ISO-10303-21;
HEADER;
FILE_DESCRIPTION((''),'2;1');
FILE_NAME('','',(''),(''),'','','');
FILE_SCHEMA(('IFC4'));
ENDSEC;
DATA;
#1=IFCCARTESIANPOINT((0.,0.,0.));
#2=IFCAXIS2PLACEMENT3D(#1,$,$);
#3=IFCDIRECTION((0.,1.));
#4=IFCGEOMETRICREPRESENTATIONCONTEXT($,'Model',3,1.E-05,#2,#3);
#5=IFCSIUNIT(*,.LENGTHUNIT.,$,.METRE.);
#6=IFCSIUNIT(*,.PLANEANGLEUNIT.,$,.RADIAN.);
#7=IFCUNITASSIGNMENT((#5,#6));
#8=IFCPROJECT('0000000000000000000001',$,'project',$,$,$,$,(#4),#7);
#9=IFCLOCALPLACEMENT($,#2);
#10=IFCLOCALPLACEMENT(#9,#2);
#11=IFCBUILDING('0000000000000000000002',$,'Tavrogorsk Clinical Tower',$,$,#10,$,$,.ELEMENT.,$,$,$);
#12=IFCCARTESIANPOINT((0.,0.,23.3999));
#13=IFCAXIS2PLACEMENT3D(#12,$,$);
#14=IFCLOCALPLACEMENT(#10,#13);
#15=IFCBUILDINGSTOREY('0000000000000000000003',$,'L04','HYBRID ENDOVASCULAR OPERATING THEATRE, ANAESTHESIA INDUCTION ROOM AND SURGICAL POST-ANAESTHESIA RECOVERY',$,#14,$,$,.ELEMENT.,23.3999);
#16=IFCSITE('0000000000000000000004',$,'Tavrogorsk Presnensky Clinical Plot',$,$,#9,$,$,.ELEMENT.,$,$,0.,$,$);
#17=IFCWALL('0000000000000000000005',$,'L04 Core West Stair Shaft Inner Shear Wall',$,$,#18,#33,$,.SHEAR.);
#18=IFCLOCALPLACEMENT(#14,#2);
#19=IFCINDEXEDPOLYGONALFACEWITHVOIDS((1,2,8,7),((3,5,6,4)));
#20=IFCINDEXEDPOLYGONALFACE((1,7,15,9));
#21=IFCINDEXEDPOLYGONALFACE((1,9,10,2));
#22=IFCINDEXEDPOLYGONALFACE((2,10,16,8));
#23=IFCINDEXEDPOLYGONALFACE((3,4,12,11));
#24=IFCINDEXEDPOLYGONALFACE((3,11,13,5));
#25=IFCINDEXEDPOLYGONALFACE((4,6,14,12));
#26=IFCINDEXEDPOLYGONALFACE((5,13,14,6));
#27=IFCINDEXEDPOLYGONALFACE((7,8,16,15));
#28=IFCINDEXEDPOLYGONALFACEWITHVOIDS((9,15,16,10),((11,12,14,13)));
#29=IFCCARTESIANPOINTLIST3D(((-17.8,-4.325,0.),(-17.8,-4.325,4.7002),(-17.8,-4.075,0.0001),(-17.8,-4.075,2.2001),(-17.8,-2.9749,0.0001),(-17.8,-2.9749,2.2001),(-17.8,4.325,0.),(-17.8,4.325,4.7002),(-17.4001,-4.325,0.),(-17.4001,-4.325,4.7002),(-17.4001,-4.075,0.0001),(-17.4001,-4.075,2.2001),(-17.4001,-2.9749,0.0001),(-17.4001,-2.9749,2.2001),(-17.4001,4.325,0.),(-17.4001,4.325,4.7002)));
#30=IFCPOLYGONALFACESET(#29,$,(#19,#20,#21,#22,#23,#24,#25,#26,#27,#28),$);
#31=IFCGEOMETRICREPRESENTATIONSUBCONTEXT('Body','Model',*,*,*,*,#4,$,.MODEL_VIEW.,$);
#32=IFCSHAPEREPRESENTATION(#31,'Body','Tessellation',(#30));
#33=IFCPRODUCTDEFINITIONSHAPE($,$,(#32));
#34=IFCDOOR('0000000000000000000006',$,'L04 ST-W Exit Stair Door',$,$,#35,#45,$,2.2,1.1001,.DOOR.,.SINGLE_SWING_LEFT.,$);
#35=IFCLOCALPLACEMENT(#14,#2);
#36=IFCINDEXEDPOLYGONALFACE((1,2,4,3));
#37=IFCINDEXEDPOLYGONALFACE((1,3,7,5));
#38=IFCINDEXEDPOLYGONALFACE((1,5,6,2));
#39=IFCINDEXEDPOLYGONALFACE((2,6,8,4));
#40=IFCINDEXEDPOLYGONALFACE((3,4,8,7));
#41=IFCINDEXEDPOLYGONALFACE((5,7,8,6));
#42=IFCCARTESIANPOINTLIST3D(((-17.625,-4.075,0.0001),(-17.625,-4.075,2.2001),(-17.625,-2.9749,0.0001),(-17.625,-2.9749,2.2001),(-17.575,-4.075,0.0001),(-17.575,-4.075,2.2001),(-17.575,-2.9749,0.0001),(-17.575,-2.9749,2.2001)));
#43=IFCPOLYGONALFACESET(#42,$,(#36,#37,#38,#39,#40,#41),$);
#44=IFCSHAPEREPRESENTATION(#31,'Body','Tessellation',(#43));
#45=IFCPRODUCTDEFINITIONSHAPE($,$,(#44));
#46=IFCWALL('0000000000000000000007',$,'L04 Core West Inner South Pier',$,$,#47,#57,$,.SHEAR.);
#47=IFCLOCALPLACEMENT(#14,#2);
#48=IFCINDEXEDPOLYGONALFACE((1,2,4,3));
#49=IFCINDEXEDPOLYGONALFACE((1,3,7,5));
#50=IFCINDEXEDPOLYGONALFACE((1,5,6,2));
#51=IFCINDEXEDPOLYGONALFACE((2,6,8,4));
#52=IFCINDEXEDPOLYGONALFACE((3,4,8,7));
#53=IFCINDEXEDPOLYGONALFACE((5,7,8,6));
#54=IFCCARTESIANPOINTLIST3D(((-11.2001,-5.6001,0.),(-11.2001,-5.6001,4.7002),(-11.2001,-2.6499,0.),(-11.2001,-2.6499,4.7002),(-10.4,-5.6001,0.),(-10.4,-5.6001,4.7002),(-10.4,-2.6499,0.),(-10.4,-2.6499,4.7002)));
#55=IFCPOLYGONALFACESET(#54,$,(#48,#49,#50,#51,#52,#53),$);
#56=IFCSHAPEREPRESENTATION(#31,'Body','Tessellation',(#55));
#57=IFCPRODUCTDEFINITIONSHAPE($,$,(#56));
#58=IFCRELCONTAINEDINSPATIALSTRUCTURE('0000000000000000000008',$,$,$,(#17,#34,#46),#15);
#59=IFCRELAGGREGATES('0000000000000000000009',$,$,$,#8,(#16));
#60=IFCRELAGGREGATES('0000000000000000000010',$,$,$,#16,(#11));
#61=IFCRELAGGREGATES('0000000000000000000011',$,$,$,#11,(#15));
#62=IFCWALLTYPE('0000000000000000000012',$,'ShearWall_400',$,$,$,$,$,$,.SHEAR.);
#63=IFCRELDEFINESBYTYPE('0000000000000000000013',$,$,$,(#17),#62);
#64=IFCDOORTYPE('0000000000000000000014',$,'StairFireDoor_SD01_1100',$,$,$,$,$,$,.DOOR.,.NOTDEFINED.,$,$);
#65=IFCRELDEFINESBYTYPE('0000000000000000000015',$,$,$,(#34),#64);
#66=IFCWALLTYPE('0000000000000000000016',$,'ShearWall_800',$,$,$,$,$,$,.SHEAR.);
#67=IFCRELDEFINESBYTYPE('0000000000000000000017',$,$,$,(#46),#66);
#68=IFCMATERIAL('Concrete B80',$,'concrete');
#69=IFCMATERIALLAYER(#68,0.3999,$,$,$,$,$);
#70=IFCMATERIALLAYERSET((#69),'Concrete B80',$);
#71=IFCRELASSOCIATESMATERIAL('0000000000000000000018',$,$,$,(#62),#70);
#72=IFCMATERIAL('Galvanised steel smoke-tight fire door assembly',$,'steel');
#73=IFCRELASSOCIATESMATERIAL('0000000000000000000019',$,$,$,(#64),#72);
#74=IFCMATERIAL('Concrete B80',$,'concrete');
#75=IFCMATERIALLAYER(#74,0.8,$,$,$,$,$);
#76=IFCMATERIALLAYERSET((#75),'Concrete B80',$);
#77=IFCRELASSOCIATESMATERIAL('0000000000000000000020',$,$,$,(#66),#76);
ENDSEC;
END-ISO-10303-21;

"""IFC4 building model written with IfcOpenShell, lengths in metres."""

from ifc_helpers import new_model, si_unit, direction, frame, frame_2d, origin, place, context, subcontext, project, spatial, rectangle, extrude, material, layer, layer_set, type_object, element, fill, save


model = new_model("IFC4")

# Units and contexts
model_context = context("Model", 3, precision=1e-05, world=origin(), true_north=direction((0.0, 1.0)))
body_context = subcontext(model_context, "Body", "Model", "MODEL_VIEW")
ifc_project = project(units=[si_unit("LENGTHUNIT", "METRE"), si_unit("PLANEANGLEUNIT", "RADIAN")], contexts=[model_context])

# Site, building, storey
site_placement = place(None, origin())
site = spatial("IfcSite", under=ifc_project, at=site_placement, Name="Tavrogorsk Presnensky Clinical Plot", CompositionType="ELEMENT", RefElevation=0.0)
building_placement = place(site_placement, origin())
building = spatial("IfcBuilding", under=site, at=building_placement, Name="Tavrogorsk Clinical Tower", CompositionType="ELEMENT")
storey_placement = place(building_placement, frame((0.0, 0.0, 23.3999)))
storey = spatial("IfcBuildingStorey", under=building, at=storey_placement, Name="L04", Description="HYBRID ENDOVASCULAR OPERATING THEATRE, ANAESTHESIA INDUCTION ROOM AND SURGICAL POST-ANAESTHESIA RECOVERY", CompositionType="ELEMENT", Elevation=23.3999)

# Wall, opening, door
ifc_material_1 = material(Name="Concrete B80", Category="concrete")
ifc_layer_1 = layer(ifc_material_1, 0.3999)
ifc_layer_set_1 = layer_set([ifc_layer_1], Name="Concrete B80")
wall_type_1 = type_object("IfcWallType", Name="ShearWall_400", PredefinedType="SHEAR", material=ifc_layer_set_1)
wall_1_placement = place(storey_placement, frame((-17.6001, -4.325, 0.0), z_axis=(0.0, 0.0, 1.0), x_axis=(0.0, 1.0, 0.0)))
wall_1 = element("IfcWall", 1, at=wall_1_placement, inside=storey, type_object=wall_type_1, Name="L04 Core West Stair Shaft Inner Shear Wall", PredefinedType="SHEAR", context=body_context, shape_type="SweptSolid", body=[
    extrude(rectangle(XDim=8.6499, YDim=0.3999, at=frame_2d((4.325, 0.0))), origin(), (0.0, 0.0, 1.0), 4.7002),
])
opening_1_placement = place(wall_1_placement, frame((0.25, 0.0, 0.0)))
opening_1 = element("IfcOpeningElement", 2, at=opening_1_placement, cuts=wall_1, PredefinedType="OPENING", context=body_context, shape_type="SweptSolid", body=[
    extrude(rectangle(XDim=1.1001, YDim=2.2, at=frame_2d((0.55, 1.1001))), frame((0.0, 0.21, 0.0), z_axis=(0.0, -1.0, 0.0), x_axis=(1.0, 0.0, 0.0)), (0.0, 0.0, 1.0), 0.4199),
])
ifc_material_2 = material(Name="Galvanised steel smoke-tight fire door assembly", Category="steel")
door_type_1 = type_object("IfcDoorType", Name="StairFireDoor_SD01_1100", OperationType="NOTDEFINED", PredefinedType="DOOR", material=ifc_material_2)
door_1_placement = place(opening_1_placement, origin())
door_1 = element("IfcDoor", 3, at=door_1_placement, inside=storey, type_object=door_type_1, Name="L04 ST-W Exit Stair Door", OperationType="SINGLE_SWING_LEFT", OverallHeight=2.2, OverallWidth=1.1001, PredefinedType="DOOR", context=body_context, shape_type="SweptSolid", body=[
    extrude(rectangle(XDim=1.1001, YDim=2.2, at=frame_2d((0.55, 1.1001))), frame((0.0, 0.0249, 0.0), z_axis=(0.0, -1.0, 0.0), x_axis=(1.0, 0.0, 0.0)), (0.0, 0.0, 1.0), 0.05),
])
fill(opening_1, door_1)

# Wall
ifc_material_3 = material(Name="Concrete B80", Category="concrete")
ifc_layer_2 = layer(ifc_material_3, 0.8)
ifc_layer_set_2 = layer_set([ifc_layer_2], Name="Concrete B80")
wall_type_2 = type_object("IfcWallType", Name="ShearWall_800", PredefinedType="SHEAR", material=ifc_layer_set_2)
wall_2_placement = place(storey_placement, frame((-10.8, -5.6001, 0.0), z_axis=(0.0, 0.0, 1.0), x_axis=(0.0, 1.0, 0.0)))
element("IfcWall", 4, at=wall_2_placement, inside=storey, type_object=wall_type_2, Name="L04 Core West Inner South Pier", PredefinedType="SHEAR", context=body_context, shape_type="SweptSolid", body=[
    extrude(rectangle(XDim=2.9502, YDim=0.8, at=frame_2d((1.4751, 0.0))), origin(), (0.0, 0.0, 1.0), 4.7002),
])

save(model, "model.ifc")
